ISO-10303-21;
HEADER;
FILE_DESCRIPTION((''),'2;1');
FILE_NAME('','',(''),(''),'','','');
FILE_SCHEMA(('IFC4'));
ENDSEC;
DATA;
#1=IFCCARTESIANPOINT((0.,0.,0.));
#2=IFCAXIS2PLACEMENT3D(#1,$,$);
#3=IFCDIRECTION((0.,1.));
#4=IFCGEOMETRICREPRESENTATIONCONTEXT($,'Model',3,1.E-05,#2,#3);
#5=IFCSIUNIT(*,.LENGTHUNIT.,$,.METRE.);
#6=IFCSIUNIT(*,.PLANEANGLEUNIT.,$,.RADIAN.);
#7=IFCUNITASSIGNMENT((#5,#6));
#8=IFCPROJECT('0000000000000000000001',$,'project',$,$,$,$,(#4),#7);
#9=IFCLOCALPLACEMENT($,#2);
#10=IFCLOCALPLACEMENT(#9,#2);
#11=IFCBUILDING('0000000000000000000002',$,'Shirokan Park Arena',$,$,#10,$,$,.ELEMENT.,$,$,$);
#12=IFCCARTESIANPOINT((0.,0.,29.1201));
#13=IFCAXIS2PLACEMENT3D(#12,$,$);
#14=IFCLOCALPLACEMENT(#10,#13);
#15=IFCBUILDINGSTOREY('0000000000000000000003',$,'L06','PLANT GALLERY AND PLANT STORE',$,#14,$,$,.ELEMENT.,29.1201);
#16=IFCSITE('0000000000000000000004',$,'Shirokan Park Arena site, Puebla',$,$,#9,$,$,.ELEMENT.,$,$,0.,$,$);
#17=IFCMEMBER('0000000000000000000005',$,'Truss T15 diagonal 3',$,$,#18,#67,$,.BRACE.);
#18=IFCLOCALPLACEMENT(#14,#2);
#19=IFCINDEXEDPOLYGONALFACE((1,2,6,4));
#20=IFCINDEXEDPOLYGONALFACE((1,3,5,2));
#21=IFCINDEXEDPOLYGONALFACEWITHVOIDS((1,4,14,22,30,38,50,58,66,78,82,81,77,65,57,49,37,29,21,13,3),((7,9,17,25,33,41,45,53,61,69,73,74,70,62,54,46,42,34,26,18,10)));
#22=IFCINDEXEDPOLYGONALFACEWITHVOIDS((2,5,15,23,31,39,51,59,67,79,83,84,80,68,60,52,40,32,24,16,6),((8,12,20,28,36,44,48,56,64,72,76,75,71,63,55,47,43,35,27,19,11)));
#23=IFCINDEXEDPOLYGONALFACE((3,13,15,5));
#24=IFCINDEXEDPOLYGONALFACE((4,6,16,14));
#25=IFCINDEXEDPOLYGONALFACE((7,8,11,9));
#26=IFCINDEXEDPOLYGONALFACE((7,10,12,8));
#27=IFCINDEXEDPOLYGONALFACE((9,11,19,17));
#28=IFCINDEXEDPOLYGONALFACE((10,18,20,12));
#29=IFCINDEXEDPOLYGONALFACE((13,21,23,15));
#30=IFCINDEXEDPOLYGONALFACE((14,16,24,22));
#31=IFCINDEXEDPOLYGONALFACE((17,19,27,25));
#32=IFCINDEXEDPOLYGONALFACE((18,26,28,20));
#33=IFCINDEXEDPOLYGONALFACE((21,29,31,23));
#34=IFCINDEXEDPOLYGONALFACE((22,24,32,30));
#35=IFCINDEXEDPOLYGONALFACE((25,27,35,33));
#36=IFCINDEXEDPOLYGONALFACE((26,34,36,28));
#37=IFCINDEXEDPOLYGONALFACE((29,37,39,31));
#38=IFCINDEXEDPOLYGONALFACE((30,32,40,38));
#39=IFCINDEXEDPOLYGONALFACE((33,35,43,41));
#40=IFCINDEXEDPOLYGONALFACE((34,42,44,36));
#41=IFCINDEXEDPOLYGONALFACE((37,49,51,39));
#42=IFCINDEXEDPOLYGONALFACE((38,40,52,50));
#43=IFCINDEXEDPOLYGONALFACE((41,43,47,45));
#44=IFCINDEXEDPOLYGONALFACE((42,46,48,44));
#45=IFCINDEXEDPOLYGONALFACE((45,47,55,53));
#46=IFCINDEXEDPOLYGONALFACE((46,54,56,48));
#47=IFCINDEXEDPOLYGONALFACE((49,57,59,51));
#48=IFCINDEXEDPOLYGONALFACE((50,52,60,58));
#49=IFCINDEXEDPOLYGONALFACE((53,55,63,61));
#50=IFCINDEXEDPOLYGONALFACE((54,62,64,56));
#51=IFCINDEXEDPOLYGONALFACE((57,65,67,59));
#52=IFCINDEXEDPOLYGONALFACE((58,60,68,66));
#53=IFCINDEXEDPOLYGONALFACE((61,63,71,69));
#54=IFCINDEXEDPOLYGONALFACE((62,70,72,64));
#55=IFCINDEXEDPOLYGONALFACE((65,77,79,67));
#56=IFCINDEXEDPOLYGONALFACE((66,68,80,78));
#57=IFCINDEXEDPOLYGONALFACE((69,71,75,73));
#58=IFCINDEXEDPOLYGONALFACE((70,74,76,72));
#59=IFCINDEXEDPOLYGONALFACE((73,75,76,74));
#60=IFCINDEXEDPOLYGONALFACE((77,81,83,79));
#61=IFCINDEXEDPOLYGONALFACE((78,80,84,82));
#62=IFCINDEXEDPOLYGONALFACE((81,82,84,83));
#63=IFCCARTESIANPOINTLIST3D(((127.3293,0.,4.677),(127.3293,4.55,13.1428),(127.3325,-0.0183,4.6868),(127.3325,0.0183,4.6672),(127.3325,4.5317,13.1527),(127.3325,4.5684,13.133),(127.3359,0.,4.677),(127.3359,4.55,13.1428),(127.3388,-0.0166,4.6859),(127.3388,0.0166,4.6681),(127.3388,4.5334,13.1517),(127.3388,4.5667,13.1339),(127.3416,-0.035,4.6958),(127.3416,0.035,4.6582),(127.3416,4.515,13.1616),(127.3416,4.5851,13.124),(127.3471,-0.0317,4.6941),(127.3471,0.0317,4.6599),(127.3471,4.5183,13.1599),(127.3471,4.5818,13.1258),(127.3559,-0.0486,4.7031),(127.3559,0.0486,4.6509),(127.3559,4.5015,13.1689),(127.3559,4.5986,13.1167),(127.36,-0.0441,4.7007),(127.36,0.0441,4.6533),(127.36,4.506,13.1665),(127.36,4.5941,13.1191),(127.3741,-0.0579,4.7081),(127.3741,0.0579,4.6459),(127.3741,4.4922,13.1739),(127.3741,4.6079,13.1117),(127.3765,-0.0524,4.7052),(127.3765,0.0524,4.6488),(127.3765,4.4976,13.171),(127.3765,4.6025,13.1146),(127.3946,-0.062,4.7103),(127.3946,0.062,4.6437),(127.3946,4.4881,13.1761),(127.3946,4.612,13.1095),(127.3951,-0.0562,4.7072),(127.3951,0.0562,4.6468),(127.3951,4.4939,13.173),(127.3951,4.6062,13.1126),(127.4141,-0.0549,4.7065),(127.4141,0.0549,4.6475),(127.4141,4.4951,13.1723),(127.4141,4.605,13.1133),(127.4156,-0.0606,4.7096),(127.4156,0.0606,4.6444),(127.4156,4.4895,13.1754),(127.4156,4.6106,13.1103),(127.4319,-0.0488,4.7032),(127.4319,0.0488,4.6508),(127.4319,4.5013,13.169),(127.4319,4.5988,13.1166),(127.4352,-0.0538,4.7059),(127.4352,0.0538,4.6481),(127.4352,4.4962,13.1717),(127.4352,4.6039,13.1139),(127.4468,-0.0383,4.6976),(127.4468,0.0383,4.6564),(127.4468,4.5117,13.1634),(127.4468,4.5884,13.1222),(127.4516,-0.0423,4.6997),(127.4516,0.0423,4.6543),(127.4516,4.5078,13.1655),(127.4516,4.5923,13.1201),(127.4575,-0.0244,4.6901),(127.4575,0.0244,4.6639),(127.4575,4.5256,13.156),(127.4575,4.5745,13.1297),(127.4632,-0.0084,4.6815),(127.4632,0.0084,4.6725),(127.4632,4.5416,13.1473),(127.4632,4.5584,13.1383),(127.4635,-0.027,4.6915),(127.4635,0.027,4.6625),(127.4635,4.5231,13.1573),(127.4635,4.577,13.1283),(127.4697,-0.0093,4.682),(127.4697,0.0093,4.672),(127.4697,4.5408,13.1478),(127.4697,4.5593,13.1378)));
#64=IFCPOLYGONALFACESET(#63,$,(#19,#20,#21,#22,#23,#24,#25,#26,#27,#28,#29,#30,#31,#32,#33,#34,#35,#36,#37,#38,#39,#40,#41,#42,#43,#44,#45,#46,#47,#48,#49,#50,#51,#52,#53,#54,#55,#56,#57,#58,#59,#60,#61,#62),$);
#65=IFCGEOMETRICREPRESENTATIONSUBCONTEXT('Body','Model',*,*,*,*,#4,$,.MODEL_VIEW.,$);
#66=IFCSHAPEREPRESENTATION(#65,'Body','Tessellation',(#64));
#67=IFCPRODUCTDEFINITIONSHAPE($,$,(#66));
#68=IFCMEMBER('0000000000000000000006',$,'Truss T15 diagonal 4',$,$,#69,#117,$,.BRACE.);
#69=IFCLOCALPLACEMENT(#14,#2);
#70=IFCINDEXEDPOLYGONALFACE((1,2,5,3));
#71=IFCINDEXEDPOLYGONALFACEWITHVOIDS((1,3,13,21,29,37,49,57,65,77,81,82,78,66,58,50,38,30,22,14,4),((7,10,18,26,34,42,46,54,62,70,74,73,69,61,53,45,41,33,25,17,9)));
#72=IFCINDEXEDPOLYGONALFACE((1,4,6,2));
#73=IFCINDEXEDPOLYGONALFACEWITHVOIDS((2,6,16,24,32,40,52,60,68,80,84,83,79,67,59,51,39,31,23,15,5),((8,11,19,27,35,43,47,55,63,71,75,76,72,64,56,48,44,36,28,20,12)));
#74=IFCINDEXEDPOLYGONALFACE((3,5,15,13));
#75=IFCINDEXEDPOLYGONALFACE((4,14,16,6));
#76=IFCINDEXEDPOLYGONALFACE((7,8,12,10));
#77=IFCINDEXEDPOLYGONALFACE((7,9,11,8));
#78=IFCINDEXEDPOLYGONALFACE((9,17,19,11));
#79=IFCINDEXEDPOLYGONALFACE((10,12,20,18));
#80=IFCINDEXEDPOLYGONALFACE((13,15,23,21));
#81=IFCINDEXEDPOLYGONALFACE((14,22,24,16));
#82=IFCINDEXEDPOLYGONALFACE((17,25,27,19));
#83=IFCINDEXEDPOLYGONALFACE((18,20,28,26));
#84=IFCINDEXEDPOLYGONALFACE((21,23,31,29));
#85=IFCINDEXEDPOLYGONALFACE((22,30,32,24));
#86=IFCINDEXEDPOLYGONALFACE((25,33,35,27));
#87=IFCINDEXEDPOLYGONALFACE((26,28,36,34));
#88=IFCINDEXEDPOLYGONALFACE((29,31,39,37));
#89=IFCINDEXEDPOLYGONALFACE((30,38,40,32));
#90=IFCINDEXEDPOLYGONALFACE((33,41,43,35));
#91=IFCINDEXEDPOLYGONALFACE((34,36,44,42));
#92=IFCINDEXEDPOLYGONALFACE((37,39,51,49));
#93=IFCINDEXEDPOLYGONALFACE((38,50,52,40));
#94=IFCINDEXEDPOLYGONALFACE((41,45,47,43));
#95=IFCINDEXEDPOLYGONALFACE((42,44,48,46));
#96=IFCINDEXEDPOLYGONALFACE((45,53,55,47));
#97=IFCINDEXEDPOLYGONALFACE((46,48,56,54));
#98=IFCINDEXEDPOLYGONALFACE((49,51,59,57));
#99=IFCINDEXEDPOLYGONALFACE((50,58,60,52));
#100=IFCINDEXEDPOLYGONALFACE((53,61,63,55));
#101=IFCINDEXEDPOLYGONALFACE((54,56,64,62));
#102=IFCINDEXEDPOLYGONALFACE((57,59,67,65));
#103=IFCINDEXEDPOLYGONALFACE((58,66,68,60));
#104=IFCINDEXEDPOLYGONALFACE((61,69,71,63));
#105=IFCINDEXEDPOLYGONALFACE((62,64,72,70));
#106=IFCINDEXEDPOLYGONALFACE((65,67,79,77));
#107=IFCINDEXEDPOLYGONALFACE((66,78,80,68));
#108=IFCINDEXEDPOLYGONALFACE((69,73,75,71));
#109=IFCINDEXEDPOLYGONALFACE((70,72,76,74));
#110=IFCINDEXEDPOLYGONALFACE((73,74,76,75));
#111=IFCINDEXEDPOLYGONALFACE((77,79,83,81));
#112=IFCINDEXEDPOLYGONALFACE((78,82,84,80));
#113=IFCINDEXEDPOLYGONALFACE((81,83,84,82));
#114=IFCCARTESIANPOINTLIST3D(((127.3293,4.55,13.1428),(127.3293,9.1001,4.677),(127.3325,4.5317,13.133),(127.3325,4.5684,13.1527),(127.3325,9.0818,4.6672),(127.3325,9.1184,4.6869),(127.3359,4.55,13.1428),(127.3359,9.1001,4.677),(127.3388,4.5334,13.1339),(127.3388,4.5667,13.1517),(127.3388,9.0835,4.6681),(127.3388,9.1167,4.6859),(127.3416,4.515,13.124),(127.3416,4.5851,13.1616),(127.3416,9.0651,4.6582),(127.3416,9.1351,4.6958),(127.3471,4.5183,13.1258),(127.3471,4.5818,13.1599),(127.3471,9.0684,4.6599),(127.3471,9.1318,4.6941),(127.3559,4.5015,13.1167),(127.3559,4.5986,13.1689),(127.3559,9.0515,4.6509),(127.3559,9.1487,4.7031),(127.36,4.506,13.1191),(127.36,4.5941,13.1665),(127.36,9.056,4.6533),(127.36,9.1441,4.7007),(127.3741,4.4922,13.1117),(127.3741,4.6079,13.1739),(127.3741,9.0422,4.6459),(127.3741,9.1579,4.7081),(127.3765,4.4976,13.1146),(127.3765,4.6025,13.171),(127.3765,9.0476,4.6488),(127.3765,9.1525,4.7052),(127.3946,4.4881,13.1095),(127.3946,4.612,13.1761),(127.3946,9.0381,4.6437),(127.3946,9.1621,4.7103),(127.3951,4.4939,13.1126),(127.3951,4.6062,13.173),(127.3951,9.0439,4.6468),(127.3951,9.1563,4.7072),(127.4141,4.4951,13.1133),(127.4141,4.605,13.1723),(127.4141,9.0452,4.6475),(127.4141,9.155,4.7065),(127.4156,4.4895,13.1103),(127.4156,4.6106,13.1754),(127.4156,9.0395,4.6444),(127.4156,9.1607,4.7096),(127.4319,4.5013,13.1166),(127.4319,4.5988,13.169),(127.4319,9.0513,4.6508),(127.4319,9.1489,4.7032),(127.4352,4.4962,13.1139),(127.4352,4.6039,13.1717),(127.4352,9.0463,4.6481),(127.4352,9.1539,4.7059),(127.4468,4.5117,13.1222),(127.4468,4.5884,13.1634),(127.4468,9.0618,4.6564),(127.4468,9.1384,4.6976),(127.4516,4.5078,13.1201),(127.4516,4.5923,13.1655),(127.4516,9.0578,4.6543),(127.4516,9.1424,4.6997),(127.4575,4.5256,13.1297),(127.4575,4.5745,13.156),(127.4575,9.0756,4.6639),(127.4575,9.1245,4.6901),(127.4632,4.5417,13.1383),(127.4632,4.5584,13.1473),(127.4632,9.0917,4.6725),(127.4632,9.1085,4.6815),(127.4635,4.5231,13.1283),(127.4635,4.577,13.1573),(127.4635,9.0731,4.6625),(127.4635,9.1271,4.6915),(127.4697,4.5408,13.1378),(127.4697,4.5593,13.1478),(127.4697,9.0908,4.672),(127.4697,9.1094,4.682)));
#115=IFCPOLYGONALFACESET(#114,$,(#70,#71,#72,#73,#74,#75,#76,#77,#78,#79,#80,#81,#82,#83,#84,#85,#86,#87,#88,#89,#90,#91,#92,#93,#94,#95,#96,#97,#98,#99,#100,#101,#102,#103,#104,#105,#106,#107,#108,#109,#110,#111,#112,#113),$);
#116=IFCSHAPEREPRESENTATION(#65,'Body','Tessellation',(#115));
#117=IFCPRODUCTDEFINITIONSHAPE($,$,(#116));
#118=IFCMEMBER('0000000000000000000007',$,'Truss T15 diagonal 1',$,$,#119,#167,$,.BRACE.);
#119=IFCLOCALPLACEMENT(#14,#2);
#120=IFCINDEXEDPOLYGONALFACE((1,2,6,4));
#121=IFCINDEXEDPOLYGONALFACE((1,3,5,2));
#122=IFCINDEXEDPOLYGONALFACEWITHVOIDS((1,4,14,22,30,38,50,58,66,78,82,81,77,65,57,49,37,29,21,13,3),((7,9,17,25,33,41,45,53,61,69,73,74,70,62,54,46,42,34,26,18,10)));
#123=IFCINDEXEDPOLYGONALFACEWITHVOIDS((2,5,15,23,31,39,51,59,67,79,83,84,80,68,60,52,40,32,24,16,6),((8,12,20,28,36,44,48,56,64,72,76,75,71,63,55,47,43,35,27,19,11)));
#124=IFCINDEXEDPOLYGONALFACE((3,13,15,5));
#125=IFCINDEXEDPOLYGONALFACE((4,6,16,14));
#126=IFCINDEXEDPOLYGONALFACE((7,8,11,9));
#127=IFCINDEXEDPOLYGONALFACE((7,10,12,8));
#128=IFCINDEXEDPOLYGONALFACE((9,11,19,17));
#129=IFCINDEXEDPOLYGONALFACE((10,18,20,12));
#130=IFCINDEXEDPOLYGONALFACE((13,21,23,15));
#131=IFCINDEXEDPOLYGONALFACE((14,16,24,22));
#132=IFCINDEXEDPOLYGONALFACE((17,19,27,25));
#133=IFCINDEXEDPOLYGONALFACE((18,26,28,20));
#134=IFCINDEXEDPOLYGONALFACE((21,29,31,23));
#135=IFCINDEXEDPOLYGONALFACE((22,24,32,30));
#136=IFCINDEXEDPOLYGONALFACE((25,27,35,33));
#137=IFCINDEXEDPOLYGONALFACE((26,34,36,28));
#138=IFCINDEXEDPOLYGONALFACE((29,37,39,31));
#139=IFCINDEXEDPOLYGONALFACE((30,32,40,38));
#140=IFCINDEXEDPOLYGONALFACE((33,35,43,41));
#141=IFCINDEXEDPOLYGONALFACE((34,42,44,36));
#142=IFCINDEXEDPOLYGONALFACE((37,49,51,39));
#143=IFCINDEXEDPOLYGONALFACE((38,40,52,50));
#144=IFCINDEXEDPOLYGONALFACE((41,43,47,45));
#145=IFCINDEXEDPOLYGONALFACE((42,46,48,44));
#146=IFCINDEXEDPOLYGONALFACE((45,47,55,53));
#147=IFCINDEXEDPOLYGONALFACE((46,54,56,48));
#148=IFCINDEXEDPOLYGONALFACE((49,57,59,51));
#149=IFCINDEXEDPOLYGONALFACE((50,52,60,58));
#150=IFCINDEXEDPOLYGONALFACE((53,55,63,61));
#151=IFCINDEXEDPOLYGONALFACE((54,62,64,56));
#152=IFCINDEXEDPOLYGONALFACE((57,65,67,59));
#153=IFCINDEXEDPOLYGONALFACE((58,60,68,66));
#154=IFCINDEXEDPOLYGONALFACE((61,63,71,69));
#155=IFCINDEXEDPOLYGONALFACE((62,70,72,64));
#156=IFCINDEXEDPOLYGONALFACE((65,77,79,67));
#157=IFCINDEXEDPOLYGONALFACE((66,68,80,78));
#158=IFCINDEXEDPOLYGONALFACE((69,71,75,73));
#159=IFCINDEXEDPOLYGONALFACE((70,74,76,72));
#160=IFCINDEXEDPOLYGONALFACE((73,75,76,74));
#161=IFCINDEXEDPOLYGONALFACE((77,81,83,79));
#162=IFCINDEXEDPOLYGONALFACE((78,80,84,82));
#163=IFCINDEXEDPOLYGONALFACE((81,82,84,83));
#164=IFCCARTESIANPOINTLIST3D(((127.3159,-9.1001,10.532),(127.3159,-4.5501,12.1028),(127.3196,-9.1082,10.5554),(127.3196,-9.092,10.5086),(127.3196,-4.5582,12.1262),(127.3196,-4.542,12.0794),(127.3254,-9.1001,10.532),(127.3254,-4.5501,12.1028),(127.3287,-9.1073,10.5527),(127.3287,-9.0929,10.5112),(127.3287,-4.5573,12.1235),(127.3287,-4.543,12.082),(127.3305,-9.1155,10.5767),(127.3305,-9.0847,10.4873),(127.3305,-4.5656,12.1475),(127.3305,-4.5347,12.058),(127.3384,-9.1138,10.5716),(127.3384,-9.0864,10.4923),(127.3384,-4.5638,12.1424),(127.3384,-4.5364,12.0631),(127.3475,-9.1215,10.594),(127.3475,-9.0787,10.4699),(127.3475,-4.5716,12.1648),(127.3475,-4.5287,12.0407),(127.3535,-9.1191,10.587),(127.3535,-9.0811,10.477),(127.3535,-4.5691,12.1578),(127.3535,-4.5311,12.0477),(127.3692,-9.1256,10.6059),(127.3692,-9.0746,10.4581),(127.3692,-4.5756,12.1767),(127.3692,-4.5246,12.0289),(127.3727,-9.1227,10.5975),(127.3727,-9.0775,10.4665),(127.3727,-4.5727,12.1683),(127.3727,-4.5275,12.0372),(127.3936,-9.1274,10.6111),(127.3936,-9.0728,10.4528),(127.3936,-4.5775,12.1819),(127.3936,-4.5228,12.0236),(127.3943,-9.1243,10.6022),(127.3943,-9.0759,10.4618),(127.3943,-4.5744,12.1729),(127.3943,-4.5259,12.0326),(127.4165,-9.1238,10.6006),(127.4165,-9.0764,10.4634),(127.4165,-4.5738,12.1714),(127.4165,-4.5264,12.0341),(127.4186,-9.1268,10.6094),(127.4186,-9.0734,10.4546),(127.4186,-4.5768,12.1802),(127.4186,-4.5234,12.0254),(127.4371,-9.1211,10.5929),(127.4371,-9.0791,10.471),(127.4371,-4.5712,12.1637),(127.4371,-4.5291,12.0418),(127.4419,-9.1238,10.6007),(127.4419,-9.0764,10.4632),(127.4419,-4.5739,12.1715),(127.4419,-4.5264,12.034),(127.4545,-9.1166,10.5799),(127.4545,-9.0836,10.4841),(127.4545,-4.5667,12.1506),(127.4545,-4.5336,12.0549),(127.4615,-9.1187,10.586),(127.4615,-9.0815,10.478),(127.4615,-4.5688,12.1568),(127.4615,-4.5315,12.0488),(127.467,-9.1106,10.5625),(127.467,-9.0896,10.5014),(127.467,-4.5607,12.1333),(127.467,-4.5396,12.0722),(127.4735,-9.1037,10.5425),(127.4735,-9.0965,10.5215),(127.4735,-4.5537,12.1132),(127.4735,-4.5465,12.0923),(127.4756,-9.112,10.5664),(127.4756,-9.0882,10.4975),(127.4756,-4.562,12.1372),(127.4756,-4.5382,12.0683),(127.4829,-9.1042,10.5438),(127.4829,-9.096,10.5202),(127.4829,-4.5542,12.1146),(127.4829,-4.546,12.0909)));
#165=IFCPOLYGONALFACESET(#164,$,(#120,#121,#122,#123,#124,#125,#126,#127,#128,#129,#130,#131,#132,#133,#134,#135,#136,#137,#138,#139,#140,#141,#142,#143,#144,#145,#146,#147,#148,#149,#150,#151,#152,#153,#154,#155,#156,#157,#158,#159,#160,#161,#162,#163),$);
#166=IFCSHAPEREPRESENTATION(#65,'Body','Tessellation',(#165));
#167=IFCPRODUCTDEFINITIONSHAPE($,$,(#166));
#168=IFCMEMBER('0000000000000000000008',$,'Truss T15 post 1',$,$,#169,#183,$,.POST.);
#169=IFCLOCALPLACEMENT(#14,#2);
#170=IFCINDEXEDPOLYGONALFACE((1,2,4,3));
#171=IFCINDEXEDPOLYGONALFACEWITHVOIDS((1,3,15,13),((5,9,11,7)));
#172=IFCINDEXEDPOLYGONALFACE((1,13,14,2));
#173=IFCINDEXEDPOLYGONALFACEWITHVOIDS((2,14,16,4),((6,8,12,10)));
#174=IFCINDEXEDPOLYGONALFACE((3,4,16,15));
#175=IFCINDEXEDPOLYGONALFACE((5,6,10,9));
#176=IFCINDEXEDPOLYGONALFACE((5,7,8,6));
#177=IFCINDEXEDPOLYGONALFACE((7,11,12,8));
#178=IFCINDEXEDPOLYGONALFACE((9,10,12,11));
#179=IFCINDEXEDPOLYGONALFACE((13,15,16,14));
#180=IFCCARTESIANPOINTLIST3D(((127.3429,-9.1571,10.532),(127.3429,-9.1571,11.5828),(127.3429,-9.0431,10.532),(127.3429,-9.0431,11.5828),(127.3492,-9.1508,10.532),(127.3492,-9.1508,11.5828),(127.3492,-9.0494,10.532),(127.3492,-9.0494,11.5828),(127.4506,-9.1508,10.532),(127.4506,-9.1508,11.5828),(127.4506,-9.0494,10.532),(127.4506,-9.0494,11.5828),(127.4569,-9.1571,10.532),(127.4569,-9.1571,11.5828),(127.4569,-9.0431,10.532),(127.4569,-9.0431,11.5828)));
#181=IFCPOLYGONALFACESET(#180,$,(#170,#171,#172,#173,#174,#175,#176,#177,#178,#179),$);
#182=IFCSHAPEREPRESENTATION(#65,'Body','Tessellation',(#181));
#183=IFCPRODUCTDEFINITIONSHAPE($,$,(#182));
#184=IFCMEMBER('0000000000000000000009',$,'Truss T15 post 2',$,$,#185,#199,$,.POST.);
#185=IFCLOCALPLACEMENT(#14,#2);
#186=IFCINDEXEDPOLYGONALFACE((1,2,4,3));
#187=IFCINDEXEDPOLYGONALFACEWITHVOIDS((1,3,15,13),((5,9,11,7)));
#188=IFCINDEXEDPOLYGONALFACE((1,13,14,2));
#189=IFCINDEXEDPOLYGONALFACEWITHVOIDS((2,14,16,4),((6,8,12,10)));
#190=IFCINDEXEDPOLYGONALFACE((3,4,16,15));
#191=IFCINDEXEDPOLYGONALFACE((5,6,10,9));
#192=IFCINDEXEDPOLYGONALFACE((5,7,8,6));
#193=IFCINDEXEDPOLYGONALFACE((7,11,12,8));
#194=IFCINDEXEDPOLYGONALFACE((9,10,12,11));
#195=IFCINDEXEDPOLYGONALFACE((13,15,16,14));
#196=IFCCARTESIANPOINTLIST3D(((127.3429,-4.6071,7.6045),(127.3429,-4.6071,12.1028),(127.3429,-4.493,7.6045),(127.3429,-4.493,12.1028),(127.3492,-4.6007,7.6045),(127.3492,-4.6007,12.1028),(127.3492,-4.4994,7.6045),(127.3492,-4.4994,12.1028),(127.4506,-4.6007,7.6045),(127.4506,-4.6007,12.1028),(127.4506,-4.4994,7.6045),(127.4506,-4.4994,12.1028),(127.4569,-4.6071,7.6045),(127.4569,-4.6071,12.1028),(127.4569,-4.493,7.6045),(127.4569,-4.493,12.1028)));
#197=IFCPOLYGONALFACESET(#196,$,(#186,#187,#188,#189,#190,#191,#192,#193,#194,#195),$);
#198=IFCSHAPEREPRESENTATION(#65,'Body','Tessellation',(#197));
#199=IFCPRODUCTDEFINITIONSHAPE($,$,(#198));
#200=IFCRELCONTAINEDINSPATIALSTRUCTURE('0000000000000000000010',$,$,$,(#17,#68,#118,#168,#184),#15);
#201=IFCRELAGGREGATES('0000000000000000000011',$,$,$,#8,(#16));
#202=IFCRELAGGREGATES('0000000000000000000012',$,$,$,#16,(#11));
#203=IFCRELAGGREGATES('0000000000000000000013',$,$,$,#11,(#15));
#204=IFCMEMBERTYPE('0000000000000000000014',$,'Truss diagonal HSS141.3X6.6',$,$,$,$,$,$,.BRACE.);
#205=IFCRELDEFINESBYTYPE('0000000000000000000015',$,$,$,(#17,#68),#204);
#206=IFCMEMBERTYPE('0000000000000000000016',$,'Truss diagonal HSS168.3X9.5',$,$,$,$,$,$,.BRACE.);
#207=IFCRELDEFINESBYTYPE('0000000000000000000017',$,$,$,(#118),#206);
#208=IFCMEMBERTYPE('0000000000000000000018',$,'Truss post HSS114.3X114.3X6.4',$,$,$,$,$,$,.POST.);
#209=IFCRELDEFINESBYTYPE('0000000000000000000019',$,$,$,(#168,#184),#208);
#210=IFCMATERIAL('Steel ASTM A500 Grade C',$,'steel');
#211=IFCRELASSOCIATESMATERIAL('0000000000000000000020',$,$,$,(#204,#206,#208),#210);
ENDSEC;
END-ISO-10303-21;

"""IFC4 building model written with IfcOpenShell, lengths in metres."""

from ifc_helpers import new_model, si_unit, direction, frame, origin, origin_2d, place, context, subcontext, project, spatial, hollow_rectangle, hollow_circle, extrude, material, material_profile, profile_set, type_object, element, save


model = new_model("IFC4")

# Units and contexts
model_context = context("Model", 3, precision=1e-05, world=origin(), true_north=direction((0.0, 1.0)))
body_context = subcontext(model_context, "Body", "Model", "MODEL_VIEW")
ifc_project = project(units=[si_unit("LENGTHUNIT", "METRE"), si_unit("PLANEANGLEUNIT", "RADIAN")], contexts=[model_context])

# Site, building, storey
site_placement = place(None, origin())
site = spatial("IfcSite", under=ifc_project, at=site_placement, Name="Shirokan Park Arena site, Puebla", CompositionType="ELEMENT", RefElevation=0.0)
building_placement = place(site_placement, origin())
building = spatial("IfcBuilding", under=site, at=building_placement, Name="Shirokan Park Arena", CompositionType="ELEMENT")
storey_placement = place(building_placement, frame((0.0, 0.0, 29.1201)))
storey = spatial("IfcBuildingStorey", under=building, at=storey_placement, Name="L06", Description="PLANT GALLERY AND PLANT STORE", CompositionType="ELEMENT", Elevation=29.1201)

# Shared definitions
ifc_material_1 = material(Name="Steel ASTM A500 Grade C", Category="steel")

# Members
ifc_material_profile_1 = material_profile(ifc_material_1, hollow_circle(Radius=0.0706, WallThickness=0.0066, at=origin_2d()), Name="HSS141.3X6.6")
ifc_profile_set_1 = profile_set([ifc_material_profile_1], Name="Steel ASTM A500 Grade C")
member_type_1 = type_object("IfcMemberType", Name="Truss diagonal HSS141.3X6.6", PredefinedType="BRACE", material=ifc_profile_set_1)
for number, where, z_axis, x_axis, name in (
    (1, (127.3999, 0.0, 4.677), (0.0, 0.473417, 0.880839), (-1.0, 0.0, 0.0), "Truss T15 diagonal 3"),
    (2, (127.3999, 4.55, 13.1428), (0.0, 0.473417, -0.880839), (-1.0, 0.0, 0.0), "Truss T15 diagonal 4"),
):
    element("IfcMember", number, at=place(storey_placement, frame(where, z_axis=z_axis, x_axis=x_axis)), inside=storey, type_object=member_type_1, Name=name, PredefinedType="BRACE", context=body_context, shape_type="SweptSolid", body=[
        extrude(hollow_circle(Radius=0.0706, WallThickness=0.0066, at=origin_2d()), origin(), (0.0, 0.0, 1.0), 9.6111),
    ])
ifc_material_profile_2 = material_profile(ifc_material_1, hollow_circle(Radius=0.084, WallThickness=0.0095, at=origin_2d()), Name="HSS168.3X9.5")
ifc_profile_set_2 = profile_set([ifc_material_profile_2], Name="Steel ASTM A500 Grade C")
member_type_2 = type_object("IfcMemberType", Name="Truss diagonal HSS168.3X9.5", PredefinedType="BRACE", material=ifc_profile_set_2)
member_1_placement = place(storey_placement, frame((127.3999, -9.1001, 10.532), z_axis=(0.0, 0.945256, 0.326328), x_axis=(-1.0, 0.0, 0.0)))
element("IfcMember", 3, at=member_1_placement, inside=storey, type_object=member_type_2, Name="Truss T15 diagonal 1", PredefinedType="BRACE", context=body_context, shape_type="SweptSolid", body=[
    extrude(hollow_circle(Radius=0.084, WallThickness=0.0095, at=origin_2d()), origin(), (0.0, 0.0, 1.0), 4.8135),
])
ifc_material_profile_3 = material_profile(ifc_material_1, hollow_rectangle(XDim=0.114, YDim=0.114, WallThickness=0.0063, at=origin_2d()), Name="HSS114.3X114.3X6.4")
ifc_profile_set_3 = profile_set([ifc_material_profile_3], Name="Steel ASTM A500 Grade C")
member_type_3 = type_object("IfcMemberType", Name="Truss post HSS114.3X114.3X6.4", PredefinedType="POST", material=ifc_profile_set_3)
member_2_placement = place(storey_placement, frame((127.3999, -9.1001, 10.532), z_axis=(0.0, 0.0, 1.0), x_axis=(1.0, 0.0, 0.0)))
element("IfcMember", 4, at=member_2_placement, inside=storey, type_object=member_type_3, Name="Truss T15 post 1", PredefinedType="POST", context=body_context, shape_type="SweptSolid", body=[
    extrude(hollow_rectangle(XDim=0.114, YDim=0.114, WallThickness=0.0063, at=origin_2d()), origin(), (0.0, 0.0, 1.0), 1.0508),
])
member_3_placement = place(storey_placement, frame((127.3999, -4.55, 7.6045), z_axis=(0.0, 0.0, 1.0), x_axis=(1.0, 0.0, 0.0)))
element("IfcMember", 5, at=member_3_placement, inside=storey, type_object=member_type_3, Name="Truss T15 post 2", PredefinedType="POST", context=body_context, shape_type="SweptSolid", body=[
    extrude(hollow_rectangle(XDim=0.114, YDim=0.114, WallThickness=0.0063, at=origin_2d()), origin(), (0.0, 0.0, 1.0), 4.4983),
])

save(model, "model.ifc")
